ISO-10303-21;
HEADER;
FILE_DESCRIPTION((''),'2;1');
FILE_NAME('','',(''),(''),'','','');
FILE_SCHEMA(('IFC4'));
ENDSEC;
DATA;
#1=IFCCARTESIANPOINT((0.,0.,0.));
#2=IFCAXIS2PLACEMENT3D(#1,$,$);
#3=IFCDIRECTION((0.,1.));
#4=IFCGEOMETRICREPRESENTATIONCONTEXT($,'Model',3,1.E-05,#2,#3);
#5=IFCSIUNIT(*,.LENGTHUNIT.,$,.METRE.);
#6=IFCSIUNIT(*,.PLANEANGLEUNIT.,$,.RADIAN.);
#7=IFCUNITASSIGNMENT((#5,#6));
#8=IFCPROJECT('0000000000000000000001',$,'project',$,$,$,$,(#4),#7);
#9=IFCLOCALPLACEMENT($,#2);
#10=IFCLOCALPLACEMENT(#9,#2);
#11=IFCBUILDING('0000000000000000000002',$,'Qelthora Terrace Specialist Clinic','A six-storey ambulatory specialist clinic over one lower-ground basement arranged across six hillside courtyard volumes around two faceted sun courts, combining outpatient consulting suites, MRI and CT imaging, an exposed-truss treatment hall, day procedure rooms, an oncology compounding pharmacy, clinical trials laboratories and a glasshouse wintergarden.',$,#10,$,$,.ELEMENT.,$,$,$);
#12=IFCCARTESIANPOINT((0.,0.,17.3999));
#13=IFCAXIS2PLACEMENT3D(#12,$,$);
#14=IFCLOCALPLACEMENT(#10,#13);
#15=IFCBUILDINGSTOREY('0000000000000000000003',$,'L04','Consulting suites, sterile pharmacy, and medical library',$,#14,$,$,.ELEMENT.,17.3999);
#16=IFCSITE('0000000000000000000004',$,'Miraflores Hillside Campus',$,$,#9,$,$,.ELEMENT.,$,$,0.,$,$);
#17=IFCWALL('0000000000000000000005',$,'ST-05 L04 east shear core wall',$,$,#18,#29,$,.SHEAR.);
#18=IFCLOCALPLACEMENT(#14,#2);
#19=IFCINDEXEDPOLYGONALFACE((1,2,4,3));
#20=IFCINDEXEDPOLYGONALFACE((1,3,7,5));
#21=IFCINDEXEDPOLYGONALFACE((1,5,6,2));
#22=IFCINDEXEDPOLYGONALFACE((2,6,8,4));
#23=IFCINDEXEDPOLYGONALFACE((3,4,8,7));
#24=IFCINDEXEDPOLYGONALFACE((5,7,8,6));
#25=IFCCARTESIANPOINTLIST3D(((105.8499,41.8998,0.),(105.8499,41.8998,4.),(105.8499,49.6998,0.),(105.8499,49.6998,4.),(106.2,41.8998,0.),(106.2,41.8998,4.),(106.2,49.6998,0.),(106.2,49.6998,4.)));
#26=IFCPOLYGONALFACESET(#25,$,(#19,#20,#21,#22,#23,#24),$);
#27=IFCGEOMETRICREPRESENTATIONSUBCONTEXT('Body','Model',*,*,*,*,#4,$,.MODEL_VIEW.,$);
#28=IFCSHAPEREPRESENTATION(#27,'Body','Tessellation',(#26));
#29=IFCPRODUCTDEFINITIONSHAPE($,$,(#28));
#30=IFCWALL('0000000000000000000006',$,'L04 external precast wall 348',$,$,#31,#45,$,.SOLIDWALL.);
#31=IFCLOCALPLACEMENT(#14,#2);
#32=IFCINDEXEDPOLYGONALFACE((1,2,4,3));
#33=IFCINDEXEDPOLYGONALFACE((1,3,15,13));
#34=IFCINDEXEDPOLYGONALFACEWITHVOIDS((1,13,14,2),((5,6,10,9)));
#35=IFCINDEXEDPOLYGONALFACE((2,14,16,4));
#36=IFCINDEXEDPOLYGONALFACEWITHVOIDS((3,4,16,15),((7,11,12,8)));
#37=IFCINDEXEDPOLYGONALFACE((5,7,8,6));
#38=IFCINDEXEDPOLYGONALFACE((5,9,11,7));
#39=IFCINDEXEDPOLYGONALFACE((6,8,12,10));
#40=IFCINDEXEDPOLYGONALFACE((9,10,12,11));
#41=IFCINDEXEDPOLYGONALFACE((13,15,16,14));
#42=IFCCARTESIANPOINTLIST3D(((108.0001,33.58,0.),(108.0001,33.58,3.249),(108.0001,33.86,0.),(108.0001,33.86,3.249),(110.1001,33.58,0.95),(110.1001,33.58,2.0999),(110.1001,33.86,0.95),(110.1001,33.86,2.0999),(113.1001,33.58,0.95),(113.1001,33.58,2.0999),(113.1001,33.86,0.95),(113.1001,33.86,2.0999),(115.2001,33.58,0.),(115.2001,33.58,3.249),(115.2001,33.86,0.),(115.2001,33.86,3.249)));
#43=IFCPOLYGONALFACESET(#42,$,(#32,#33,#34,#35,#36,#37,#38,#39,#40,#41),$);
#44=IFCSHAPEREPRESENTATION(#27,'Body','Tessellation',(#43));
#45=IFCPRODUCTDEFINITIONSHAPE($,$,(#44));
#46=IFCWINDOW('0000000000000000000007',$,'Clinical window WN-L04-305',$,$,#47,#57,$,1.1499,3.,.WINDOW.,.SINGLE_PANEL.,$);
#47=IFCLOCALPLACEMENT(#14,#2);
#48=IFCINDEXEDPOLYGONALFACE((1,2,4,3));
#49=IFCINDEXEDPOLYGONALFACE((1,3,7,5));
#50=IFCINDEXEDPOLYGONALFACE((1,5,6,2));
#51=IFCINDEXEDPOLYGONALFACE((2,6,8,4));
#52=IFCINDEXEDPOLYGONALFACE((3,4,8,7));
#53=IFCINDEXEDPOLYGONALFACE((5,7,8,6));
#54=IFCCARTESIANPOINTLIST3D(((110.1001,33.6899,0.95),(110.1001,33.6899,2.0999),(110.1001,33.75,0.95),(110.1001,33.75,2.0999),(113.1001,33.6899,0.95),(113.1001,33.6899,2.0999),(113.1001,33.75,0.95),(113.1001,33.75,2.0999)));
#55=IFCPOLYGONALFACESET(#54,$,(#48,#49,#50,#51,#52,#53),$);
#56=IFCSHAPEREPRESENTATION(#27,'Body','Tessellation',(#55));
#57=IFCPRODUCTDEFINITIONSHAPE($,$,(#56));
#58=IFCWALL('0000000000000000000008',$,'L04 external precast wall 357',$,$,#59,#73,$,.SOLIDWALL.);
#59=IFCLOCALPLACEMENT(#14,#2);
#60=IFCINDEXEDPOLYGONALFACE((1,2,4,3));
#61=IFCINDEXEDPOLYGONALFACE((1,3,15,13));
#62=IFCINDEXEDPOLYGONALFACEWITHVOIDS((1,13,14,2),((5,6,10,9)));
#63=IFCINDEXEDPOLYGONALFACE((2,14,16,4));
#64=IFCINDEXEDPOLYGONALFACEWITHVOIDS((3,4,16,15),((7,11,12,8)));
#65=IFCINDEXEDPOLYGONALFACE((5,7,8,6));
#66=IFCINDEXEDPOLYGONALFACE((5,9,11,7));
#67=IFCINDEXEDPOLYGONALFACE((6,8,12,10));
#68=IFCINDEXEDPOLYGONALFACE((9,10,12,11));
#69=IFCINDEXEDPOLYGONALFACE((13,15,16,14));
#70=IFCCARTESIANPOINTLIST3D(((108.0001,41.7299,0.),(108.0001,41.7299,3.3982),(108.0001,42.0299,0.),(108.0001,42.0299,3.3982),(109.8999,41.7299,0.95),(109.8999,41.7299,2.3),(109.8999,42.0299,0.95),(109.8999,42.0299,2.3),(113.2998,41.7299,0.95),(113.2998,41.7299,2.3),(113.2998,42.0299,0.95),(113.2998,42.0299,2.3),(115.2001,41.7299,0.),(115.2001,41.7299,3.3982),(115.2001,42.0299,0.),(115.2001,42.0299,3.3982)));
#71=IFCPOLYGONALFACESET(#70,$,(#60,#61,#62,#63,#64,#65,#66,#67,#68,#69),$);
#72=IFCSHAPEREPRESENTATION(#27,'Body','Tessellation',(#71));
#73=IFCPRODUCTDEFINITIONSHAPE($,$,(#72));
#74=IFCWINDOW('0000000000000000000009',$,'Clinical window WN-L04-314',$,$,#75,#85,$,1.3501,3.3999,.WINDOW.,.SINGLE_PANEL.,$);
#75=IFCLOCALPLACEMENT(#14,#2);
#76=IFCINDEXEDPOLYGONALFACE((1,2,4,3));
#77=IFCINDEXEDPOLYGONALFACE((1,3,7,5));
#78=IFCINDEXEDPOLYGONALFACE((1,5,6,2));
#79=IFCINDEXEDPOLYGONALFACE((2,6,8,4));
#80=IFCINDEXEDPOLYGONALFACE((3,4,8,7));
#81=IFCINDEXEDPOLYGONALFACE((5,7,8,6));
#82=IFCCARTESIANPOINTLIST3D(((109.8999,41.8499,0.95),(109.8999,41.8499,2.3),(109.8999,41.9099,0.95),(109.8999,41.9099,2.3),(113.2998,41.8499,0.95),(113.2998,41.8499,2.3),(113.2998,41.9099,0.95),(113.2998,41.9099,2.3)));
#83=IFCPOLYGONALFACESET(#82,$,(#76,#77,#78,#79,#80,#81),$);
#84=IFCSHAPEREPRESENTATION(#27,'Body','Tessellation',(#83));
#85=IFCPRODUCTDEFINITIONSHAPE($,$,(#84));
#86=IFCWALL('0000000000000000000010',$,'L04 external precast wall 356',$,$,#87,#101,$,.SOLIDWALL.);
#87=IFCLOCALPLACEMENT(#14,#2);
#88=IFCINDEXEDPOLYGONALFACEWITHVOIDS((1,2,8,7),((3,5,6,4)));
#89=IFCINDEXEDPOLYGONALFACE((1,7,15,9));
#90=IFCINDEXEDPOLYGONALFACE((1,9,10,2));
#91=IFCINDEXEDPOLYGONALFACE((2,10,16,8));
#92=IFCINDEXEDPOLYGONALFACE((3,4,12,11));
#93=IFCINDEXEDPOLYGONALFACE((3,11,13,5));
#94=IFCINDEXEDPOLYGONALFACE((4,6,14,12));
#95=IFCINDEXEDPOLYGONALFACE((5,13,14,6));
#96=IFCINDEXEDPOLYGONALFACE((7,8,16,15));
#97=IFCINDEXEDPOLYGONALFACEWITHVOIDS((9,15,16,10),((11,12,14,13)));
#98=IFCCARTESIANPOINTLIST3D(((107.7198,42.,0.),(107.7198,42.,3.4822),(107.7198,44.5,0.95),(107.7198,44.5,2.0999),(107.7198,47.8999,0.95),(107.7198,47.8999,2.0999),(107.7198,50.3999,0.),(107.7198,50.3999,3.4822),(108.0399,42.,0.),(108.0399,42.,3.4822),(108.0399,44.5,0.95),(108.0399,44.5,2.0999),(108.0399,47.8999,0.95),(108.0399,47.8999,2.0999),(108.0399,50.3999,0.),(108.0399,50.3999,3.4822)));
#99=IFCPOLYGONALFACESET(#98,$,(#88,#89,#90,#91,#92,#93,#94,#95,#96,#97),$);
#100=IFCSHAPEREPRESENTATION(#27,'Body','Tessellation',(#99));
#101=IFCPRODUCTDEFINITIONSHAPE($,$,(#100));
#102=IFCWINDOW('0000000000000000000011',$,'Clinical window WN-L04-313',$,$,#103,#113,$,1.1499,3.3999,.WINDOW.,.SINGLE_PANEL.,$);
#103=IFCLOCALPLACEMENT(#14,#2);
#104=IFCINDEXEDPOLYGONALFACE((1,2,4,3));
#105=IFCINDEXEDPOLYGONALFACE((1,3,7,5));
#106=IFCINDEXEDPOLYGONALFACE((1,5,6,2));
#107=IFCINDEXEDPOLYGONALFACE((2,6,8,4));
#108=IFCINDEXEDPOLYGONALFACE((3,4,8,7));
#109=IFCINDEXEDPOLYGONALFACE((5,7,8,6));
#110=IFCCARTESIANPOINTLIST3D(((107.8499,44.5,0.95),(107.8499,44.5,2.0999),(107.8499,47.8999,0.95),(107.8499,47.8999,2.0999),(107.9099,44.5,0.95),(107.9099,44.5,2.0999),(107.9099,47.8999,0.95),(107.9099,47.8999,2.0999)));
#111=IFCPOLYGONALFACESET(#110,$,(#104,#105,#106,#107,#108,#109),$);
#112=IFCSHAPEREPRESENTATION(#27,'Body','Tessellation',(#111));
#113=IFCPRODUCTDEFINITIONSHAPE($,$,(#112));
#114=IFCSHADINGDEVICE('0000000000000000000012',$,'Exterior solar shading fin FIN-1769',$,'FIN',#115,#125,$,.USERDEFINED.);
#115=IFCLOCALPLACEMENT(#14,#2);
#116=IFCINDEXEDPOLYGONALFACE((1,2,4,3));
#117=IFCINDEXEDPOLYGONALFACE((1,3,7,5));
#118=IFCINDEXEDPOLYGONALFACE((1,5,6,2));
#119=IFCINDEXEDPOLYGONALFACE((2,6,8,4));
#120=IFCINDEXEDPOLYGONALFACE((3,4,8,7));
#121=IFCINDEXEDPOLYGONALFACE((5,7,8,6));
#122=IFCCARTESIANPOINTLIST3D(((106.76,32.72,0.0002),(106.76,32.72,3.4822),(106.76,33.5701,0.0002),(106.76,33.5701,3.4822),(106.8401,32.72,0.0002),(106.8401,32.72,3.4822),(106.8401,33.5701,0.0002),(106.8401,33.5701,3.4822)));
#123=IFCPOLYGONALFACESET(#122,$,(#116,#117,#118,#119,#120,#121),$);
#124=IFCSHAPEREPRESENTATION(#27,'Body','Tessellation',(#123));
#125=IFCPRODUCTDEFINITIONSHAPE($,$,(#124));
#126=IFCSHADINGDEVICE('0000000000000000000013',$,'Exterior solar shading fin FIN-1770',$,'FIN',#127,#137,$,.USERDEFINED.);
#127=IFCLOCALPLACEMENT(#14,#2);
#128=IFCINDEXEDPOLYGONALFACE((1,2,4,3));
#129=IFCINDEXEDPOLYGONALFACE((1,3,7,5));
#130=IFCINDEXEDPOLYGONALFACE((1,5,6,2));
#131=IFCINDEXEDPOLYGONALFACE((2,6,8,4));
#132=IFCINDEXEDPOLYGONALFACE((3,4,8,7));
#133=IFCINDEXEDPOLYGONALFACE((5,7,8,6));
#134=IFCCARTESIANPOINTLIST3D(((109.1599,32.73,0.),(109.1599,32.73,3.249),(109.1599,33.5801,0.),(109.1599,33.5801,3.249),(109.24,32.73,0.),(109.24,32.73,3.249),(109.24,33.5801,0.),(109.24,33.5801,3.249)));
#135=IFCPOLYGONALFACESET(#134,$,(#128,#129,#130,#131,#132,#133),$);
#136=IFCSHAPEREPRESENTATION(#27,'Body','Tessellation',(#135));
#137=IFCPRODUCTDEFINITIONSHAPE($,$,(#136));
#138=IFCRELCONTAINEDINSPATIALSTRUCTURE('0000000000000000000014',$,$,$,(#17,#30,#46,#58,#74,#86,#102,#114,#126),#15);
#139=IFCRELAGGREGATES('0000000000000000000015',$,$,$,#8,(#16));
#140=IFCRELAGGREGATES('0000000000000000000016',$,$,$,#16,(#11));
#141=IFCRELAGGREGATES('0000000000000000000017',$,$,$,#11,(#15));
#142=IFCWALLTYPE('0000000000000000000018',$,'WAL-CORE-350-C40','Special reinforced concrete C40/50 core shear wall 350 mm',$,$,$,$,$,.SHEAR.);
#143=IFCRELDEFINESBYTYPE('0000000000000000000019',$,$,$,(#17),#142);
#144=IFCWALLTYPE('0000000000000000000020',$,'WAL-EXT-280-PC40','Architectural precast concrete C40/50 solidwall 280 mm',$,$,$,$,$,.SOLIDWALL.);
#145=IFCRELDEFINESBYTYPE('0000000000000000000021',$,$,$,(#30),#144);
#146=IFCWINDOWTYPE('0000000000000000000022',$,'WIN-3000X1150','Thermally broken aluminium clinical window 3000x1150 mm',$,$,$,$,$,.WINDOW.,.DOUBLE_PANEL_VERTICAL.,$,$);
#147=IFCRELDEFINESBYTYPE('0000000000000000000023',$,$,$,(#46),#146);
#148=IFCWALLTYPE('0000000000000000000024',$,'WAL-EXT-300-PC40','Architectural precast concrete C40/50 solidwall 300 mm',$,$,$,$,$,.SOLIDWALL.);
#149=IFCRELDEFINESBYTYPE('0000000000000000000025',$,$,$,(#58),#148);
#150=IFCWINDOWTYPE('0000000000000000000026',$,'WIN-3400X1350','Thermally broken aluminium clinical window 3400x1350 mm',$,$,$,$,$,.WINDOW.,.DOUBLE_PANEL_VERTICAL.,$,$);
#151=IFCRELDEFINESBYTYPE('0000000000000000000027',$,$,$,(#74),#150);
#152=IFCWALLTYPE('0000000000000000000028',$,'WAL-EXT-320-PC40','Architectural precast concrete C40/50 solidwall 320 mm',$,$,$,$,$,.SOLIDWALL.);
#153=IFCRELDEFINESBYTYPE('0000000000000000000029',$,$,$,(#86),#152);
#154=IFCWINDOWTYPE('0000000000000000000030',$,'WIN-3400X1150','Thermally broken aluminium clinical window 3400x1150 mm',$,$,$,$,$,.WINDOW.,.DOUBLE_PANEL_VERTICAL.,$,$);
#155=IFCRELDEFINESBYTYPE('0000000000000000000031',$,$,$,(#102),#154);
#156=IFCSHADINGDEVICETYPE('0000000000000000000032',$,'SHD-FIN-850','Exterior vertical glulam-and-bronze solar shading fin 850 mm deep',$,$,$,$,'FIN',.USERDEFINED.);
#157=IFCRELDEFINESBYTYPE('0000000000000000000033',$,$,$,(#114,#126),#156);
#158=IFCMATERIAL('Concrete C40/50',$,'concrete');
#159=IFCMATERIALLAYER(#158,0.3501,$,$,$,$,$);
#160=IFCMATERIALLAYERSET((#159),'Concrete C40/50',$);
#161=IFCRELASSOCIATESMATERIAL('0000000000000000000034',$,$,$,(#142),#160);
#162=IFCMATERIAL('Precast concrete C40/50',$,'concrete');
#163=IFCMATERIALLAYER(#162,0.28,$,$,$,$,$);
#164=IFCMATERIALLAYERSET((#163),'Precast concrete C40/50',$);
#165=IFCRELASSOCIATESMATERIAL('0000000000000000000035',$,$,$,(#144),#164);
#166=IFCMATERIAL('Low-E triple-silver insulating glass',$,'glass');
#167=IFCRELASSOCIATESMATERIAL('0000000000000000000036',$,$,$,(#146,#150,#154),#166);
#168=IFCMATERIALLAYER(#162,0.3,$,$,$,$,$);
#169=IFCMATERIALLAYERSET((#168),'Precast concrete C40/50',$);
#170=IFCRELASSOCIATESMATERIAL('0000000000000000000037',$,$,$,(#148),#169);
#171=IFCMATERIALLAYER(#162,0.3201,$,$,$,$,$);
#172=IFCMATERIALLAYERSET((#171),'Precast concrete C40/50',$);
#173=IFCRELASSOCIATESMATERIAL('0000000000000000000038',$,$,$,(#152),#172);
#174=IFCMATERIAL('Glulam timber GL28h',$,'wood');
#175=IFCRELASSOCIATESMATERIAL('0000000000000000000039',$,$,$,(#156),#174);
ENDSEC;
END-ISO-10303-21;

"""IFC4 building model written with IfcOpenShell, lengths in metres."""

from ifc_helpers import new_model, si_unit, direction, frame, frame_2d, origin, origin_2d, place, context, subcontext, project, spatial, rectangle, extrude, material, layer, layer_set, type_object, element, fill, save


model = new_model("IFC4")

# Units and contexts
model_context = context("Model", 3, precision=1e-05, world=origin(), true_north=direction((0.0, 1.0)))
body_context = subcontext(model_context, "Body", "Model", "MODEL_VIEW")
ifc_project = project(units=[si_unit("LENGTHUNIT", "METRE"), si_unit("PLANEANGLEUNIT", "RADIAN")], contexts=[model_context])

# Site, building, storey
site_placement = place(None, origin())
site = spatial("IfcSite", under=ifc_project, at=site_placement, Name="Miraflores Hillside Campus", CompositionType="ELEMENT", RefElevation=0.0)
building_placement = place(site_placement, origin())
building = spatial("IfcBuilding", under=site, at=building_placement, Name="Qelthora Terrace Specialist Clinic", Description="A six-storey ambulatory specialist clinic over one lower-ground basement arranged across six hillside courtyard volumes around two faceted sun courts, combining outpatient consulting suites, MRI and CT imaging, an exposed-truss treatment hall, day procedure rooms, an oncology compounding pharmacy, clinical trials laboratories and a glasshouse wintergarden.", CompositionType="ELEMENT")
storey_placement = place(building_placement, frame((0.0, 0.0, 17.3999)))
storey = spatial("IfcBuildingStorey", under=building, at=storey_placement, Name="L04", Description="Consulting suites, sterile pharmacy, and medical library", CompositionType="ELEMENT", Elevation=17.3999)

# Shared definitions
ifc_material_1 = material(Name="Glulam timber GL28h", Category="wood")

# Wall
ifc_material_2 = material(Name="Concrete C40/50", Category="concrete")
ifc_layer_1 = layer(ifc_material_2, 0.3501)
ifc_layer_set_1 = layer_set([ifc_layer_1], Name="Concrete C40/50")
wall_type_1 = type_object("IfcWallType", Name="WAL-CORE-350-C40", Description="Special reinforced concrete C40/50 core shear wall 350 mm", PredefinedType="SHEAR", material=ifc_layer_set_1)
wall_1_placement = place(storey_placement, frame((106.0249, 41.8999, 0.0), z_axis=(0.0, 0.0, 1.0), x_axis=(0.0, 1.0, 0.0)))
element("IfcWall", 1, at=wall_1_placement, inside=storey, type_object=wall_type_1, Name="ST-05 L04 east shear core wall", PredefinedType="SHEAR", context=body_context, shape_type="SweptSolid", body=[
    extrude(rectangle(XDim=7.8, YDim=0.3501, at=frame_2d((3.8999, 0.0))), origin(), (0.0, 0.0, 1.0), 4.0),
])

# Walls, openings, windows
ifc_material_3 = material(Name="Precast concrete C40/50", Category="concrete")
ifc_layer_2 = layer(ifc_material_3, 0.28)
ifc_layer_set_2 = layer_set([ifc_layer_2], Name="Precast concrete C40/50")
wall_type_2 = type_object("IfcWallType", Name="WAL-EXT-280-PC40", Description="Architectural precast concrete C40/50 solidwall 280 mm", PredefinedType="SOLIDWALL", material=ifc_layer_set_2)
wall_2_placement = place(storey_placement, frame((108.0, 33.72, 0.0), z_axis=(0.0, 0.0, 1.0), x_axis=(1.0, 0.0, 0.0)))
wall_2 = element("IfcWall", 2, at=wall_2_placement, inside=storey, type_object=wall_type_2, Name="L04 external precast wall 348", PredefinedType="SOLIDWALL", context=body_context, shape_type="SweptSolid", body=[
    extrude(rectangle(XDim=7.2, YDim=0.28, at=frame_2d((3.6001, 0.0))), origin(), (0.0, 0.0, 1.0), 3.249),
])
opening_1_placement = place(wall_2_placement, frame((2.1001, 0.0, 0.95)))
opening_1 = element("IfcOpeningElement", 3, at=opening_1_placement, cuts=wall_2, PredefinedType="OPENING", context=body_context, shape_type="SweptSolid", body=[
    extrude(rectangle(XDim=3.0, YDim=1.1499, at=frame_2d((1.5, 0.575))), frame((0.0, 0.1499, 0.0), z_axis=(0.0, -1.0, 0.0), x_axis=(1.0, 0.0, 0.0)), (0.0, 0.0, 1.0), 0.3),
])
ifc_material_4 = material(Name="Low-E triple-silver insulating glass", Category="glass")
window_type_1 = type_object("IfcWindowType", Name="WIN-3000X1150", Description="Thermally broken aluminium clinical window 3000x1150 mm", PartitioningType="DOUBLE_PANEL_VERTICAL", PredefinedType="WINDOW", material=ifc_material_4)
window_1_placement = place(opening_1_placement, origin())
window_1 = element("IfcWindow", 4, at=window_1_placement, inside=storey, type_object=window_type_1, Name="Clinical window WN-L04-305", OverallHeight=1.1499, OverallWidth=3.0, PartitioningType="SINGLE_PANEL", PredefinedType="WINDOW", context=body_context, shape_type="SweptSolid", body=[
    extrude(rectangle(XDim=3.0, YDim=1.1499, at=frame_2d((1.5, 0.575))), frame((0.0, 0.03, 0.0), z_axis=(0.0, -1.0, 0.0), x_axis=(1.0, 0.0, 0.0)), (0.0, 0.0, 1.0), 0.0601),
])
fill(opening_1, window_1)
ifc_layer_3 = layer(ifc_material_3, 0.3)
ifc_layer_set_3 = layer_set([ifc_layer_3], Name="Precast concrete C40/50")
wall_type_3 = type_object("IfcWallType", Name="WAL-EXT-300-PC40", Description="Architectural precast concrete C40/50 solidwall 300 mm", PredefinedType="SOLIDWALL", material=ifc_layer_set_3)
wall_3_placement = place(storey_placement, frame((108.0, 41.8799, 0.0), z_axis=(0.0, 0.0, 1.0), x_axis=(1.0, 0.0, 0.0)))
wall_3 = element("IfcWall", 5, at=wall_3_placement, inside=storey, type_object=wall_type_3, Name="L04 external precast wall 357", PredefinedType="SOLIDWALL", context=body_context, shape_type="SweptSolid", body=[
    extrude(rectangle(XDim=7.2, YDim=0.3, at=frame_2d((3.6001, 0.0))), origin(), (0.0, 0.0, 1.0), 3.3982),
])
opening_2_placement = place(wall_3_placement, frame((1.8999, 0.0, 0.95)))
opening_2 = element("IfcOpeningElement", 6, at=opening_2_placement, cuts=wall_3, PredefinedType="OPENING", context=body_context, shape_type="SweptSolid", body=[
    extrude(rectangle(XDim=3.3999, YDim=1.3501, at=frame_2d((1.7, 0.675))), frame((0.0, 0.1599, 0.0), z_axis=(0.0, -1.0, 0.0), x_axis=(1.0, 0.0, 0.0)), (0.0, 0.0, 1.0), 0.3201),
])
window_type_2 = type_object("IfcWindowType", Name="WIN-3400X1350", Description="Thermally broken aluminium clinical window 3400x1350 mm", PartitioningType="DOUBLE_PANEL_VERTICAL", PredefinedType="WINDOW", material=ifc_material_4)
window_2_placement = place(opening_2_placement, origin())
window_2 = element("IfcWindow", 7, at=window_2_placement, inside=storey, type_object=window_type_2, Name="Clinical window WN-L04-314", OverallHeight=1.3501, OverallWidth=3.3999, PartitioningType="SINGLE_PANEL", PredefinedType="WINDOW", context=body_context, shape_type="SweptSolid", body=[
    extrude(rectangle(XDim=3.3999, YDim=1.3501, at=frame_2d((1.7, 0.675))), frame((0.0, 0.03, 0.0), z_axis=(0.0, -1.0, 0.0), x_axis=(1.0, 0.0, 0.0)), (0.0, 0.0, 1.0), 0.0601),
])
fill(opening_2, window_2)
ifc_layer_4 = layer(ifc_material_3, 0.3201)
ifc_layer_set_4 = layer_set([ifc_layer_4], Name="Precast concrete C40/50")
wall_type_4 = type_object("IfcWallType", Name="WAL-EXT-320-PC40", Description="Architectural precast concrete C40/50 solidwall 320 mm", PredefinedType="SOLIDWALL", material=ifc_layer_set_4)
wall_4_placement = place(storey_placement, frame((107.8799, 42.0, 0.0), z_axis=(0.0, 0.0, 1.0), x_axis=(0.0, 1.0, 0.0)))
wall_4 = element("IfcWall", 8, at=wall_4_placement, inside=storey, type_object=wall_type_4, Name="L04 external precast wall 356", PredefinedType="SOLIDWALL", context=body_context, shape_type="SweptSolid", body=[
    extrude(rectangle(XDim=8.3999, YDim=0.3201, at=frame_2d((4.2, 0.0))), origin(), (0.0, 0.0, 1.0), 3.4822),
])
opening_3_placement = place(wall_4_placement, frame((2.5, 0.0, 0.95)))
opening_3 = element("IfcOpeningElement", 9, at=opening_3_placement, cuts=wall_4, PredefinedType="OPENING", context=body_context, shape_type="SweptSolid", body=[
    extrude(rectangle(XDim=3.3999, YDim=1.1499, at=frame_2d((1.7, 0.575))), frame((0.0, 0.1699, 0.0), z_axis=(0.0, -1.0, 0.0), x_axis=(1.0, 0.0, 0.0)), (0.0, 0.0, 1.0), 0.3401),
])
window_type_3 = type_object("IfcWindowType", Name="WIN-3400X1150", Description="Thermally broken aluminium clinical window 3400x1150 mm", PartitioningType="DOUBLE_PANEL_VERTICAL", PredefinedType="WINDOW", material=ifc_material_4)
window_3_placement = place(opening_3_placement, origin())
window_3 = element("IfcWindow", 10, at=window_3_placement, inside=storey, type_object=window_type_3, Name="Clinical window WN-L04-313", OverallHeight=1.1499, OverallWidth=3.3999, PartitioningType="SINGLE_PANEL", PredefinedType="WINDOW", context=body_context, shape_type="SweptSolid", body=[
    extrude(rectangle(XDim=3.3999, YDim=1.1499, at=frame_2d((1.7, 0.575))), frame((0.0, 0.03, 0.0), z_axis=(0.0, -1.0, 0.0), x_axis=(1.0, 0.0, 0.0)), (0.0, 0.0, 1.0), 0.0601),
])
fill(opening_3, window_3)

# Shading devices
shading_device_type = type_object("IfcShadingDeviceType", Name="SHD-FIN-850", Description="Exterior vertical glulam-and-bronze solar shading fin 850 mm deep", ElementType="FIN", PredefinedType="USERDEFINED", material=ifc_material_1)
shading_device_1_placement = place(storey_placement, frame((106.8, 33.145, 0.0002), z_axis=(0.0, 0.0, 1.0), x_axis=(0.0, -1.0, 0.0)))
element("IfcShadingDevice", 11, at=shading_device_1_placement, inside=storey, type_object=shading_device_type, Name="Exterior solar shading fin FIN-1769", ObjectType="FIN", PredefinedType="USERDEFINED", context=body_context, shape_type="SweptSolid", body=[
    extrude(rectangle(XDim=0.8501, YDim=0.0801, at=origin_2d()), origin(), (0.0, 0.0, 1.0), 3.4819),
])
shading_device_2_placement = place(storey_placement, frame((109.2, 33.155, 0.0), z_axis=(0.0, 0.0, 1.0), x_axis=(0.0, -1.0, 0.0)))
element("IfcShadingDevice", 12, at=shading_device_2_placement, inside=storey, type_object=shading_device_type, Name="Exterior solar shading fin FIN-1770", ObjectType="FIN", PredefinedType="USERDEFINED", context=body_context, shape_type="SweptSolid", body=[
    extrude(rectangle(XDim=0.8501, YDim=0.0801, at=origin_2d()), origin(), (0.0, 0.0, 1.0), 3.249),
])

save(model, "model.ifc")
